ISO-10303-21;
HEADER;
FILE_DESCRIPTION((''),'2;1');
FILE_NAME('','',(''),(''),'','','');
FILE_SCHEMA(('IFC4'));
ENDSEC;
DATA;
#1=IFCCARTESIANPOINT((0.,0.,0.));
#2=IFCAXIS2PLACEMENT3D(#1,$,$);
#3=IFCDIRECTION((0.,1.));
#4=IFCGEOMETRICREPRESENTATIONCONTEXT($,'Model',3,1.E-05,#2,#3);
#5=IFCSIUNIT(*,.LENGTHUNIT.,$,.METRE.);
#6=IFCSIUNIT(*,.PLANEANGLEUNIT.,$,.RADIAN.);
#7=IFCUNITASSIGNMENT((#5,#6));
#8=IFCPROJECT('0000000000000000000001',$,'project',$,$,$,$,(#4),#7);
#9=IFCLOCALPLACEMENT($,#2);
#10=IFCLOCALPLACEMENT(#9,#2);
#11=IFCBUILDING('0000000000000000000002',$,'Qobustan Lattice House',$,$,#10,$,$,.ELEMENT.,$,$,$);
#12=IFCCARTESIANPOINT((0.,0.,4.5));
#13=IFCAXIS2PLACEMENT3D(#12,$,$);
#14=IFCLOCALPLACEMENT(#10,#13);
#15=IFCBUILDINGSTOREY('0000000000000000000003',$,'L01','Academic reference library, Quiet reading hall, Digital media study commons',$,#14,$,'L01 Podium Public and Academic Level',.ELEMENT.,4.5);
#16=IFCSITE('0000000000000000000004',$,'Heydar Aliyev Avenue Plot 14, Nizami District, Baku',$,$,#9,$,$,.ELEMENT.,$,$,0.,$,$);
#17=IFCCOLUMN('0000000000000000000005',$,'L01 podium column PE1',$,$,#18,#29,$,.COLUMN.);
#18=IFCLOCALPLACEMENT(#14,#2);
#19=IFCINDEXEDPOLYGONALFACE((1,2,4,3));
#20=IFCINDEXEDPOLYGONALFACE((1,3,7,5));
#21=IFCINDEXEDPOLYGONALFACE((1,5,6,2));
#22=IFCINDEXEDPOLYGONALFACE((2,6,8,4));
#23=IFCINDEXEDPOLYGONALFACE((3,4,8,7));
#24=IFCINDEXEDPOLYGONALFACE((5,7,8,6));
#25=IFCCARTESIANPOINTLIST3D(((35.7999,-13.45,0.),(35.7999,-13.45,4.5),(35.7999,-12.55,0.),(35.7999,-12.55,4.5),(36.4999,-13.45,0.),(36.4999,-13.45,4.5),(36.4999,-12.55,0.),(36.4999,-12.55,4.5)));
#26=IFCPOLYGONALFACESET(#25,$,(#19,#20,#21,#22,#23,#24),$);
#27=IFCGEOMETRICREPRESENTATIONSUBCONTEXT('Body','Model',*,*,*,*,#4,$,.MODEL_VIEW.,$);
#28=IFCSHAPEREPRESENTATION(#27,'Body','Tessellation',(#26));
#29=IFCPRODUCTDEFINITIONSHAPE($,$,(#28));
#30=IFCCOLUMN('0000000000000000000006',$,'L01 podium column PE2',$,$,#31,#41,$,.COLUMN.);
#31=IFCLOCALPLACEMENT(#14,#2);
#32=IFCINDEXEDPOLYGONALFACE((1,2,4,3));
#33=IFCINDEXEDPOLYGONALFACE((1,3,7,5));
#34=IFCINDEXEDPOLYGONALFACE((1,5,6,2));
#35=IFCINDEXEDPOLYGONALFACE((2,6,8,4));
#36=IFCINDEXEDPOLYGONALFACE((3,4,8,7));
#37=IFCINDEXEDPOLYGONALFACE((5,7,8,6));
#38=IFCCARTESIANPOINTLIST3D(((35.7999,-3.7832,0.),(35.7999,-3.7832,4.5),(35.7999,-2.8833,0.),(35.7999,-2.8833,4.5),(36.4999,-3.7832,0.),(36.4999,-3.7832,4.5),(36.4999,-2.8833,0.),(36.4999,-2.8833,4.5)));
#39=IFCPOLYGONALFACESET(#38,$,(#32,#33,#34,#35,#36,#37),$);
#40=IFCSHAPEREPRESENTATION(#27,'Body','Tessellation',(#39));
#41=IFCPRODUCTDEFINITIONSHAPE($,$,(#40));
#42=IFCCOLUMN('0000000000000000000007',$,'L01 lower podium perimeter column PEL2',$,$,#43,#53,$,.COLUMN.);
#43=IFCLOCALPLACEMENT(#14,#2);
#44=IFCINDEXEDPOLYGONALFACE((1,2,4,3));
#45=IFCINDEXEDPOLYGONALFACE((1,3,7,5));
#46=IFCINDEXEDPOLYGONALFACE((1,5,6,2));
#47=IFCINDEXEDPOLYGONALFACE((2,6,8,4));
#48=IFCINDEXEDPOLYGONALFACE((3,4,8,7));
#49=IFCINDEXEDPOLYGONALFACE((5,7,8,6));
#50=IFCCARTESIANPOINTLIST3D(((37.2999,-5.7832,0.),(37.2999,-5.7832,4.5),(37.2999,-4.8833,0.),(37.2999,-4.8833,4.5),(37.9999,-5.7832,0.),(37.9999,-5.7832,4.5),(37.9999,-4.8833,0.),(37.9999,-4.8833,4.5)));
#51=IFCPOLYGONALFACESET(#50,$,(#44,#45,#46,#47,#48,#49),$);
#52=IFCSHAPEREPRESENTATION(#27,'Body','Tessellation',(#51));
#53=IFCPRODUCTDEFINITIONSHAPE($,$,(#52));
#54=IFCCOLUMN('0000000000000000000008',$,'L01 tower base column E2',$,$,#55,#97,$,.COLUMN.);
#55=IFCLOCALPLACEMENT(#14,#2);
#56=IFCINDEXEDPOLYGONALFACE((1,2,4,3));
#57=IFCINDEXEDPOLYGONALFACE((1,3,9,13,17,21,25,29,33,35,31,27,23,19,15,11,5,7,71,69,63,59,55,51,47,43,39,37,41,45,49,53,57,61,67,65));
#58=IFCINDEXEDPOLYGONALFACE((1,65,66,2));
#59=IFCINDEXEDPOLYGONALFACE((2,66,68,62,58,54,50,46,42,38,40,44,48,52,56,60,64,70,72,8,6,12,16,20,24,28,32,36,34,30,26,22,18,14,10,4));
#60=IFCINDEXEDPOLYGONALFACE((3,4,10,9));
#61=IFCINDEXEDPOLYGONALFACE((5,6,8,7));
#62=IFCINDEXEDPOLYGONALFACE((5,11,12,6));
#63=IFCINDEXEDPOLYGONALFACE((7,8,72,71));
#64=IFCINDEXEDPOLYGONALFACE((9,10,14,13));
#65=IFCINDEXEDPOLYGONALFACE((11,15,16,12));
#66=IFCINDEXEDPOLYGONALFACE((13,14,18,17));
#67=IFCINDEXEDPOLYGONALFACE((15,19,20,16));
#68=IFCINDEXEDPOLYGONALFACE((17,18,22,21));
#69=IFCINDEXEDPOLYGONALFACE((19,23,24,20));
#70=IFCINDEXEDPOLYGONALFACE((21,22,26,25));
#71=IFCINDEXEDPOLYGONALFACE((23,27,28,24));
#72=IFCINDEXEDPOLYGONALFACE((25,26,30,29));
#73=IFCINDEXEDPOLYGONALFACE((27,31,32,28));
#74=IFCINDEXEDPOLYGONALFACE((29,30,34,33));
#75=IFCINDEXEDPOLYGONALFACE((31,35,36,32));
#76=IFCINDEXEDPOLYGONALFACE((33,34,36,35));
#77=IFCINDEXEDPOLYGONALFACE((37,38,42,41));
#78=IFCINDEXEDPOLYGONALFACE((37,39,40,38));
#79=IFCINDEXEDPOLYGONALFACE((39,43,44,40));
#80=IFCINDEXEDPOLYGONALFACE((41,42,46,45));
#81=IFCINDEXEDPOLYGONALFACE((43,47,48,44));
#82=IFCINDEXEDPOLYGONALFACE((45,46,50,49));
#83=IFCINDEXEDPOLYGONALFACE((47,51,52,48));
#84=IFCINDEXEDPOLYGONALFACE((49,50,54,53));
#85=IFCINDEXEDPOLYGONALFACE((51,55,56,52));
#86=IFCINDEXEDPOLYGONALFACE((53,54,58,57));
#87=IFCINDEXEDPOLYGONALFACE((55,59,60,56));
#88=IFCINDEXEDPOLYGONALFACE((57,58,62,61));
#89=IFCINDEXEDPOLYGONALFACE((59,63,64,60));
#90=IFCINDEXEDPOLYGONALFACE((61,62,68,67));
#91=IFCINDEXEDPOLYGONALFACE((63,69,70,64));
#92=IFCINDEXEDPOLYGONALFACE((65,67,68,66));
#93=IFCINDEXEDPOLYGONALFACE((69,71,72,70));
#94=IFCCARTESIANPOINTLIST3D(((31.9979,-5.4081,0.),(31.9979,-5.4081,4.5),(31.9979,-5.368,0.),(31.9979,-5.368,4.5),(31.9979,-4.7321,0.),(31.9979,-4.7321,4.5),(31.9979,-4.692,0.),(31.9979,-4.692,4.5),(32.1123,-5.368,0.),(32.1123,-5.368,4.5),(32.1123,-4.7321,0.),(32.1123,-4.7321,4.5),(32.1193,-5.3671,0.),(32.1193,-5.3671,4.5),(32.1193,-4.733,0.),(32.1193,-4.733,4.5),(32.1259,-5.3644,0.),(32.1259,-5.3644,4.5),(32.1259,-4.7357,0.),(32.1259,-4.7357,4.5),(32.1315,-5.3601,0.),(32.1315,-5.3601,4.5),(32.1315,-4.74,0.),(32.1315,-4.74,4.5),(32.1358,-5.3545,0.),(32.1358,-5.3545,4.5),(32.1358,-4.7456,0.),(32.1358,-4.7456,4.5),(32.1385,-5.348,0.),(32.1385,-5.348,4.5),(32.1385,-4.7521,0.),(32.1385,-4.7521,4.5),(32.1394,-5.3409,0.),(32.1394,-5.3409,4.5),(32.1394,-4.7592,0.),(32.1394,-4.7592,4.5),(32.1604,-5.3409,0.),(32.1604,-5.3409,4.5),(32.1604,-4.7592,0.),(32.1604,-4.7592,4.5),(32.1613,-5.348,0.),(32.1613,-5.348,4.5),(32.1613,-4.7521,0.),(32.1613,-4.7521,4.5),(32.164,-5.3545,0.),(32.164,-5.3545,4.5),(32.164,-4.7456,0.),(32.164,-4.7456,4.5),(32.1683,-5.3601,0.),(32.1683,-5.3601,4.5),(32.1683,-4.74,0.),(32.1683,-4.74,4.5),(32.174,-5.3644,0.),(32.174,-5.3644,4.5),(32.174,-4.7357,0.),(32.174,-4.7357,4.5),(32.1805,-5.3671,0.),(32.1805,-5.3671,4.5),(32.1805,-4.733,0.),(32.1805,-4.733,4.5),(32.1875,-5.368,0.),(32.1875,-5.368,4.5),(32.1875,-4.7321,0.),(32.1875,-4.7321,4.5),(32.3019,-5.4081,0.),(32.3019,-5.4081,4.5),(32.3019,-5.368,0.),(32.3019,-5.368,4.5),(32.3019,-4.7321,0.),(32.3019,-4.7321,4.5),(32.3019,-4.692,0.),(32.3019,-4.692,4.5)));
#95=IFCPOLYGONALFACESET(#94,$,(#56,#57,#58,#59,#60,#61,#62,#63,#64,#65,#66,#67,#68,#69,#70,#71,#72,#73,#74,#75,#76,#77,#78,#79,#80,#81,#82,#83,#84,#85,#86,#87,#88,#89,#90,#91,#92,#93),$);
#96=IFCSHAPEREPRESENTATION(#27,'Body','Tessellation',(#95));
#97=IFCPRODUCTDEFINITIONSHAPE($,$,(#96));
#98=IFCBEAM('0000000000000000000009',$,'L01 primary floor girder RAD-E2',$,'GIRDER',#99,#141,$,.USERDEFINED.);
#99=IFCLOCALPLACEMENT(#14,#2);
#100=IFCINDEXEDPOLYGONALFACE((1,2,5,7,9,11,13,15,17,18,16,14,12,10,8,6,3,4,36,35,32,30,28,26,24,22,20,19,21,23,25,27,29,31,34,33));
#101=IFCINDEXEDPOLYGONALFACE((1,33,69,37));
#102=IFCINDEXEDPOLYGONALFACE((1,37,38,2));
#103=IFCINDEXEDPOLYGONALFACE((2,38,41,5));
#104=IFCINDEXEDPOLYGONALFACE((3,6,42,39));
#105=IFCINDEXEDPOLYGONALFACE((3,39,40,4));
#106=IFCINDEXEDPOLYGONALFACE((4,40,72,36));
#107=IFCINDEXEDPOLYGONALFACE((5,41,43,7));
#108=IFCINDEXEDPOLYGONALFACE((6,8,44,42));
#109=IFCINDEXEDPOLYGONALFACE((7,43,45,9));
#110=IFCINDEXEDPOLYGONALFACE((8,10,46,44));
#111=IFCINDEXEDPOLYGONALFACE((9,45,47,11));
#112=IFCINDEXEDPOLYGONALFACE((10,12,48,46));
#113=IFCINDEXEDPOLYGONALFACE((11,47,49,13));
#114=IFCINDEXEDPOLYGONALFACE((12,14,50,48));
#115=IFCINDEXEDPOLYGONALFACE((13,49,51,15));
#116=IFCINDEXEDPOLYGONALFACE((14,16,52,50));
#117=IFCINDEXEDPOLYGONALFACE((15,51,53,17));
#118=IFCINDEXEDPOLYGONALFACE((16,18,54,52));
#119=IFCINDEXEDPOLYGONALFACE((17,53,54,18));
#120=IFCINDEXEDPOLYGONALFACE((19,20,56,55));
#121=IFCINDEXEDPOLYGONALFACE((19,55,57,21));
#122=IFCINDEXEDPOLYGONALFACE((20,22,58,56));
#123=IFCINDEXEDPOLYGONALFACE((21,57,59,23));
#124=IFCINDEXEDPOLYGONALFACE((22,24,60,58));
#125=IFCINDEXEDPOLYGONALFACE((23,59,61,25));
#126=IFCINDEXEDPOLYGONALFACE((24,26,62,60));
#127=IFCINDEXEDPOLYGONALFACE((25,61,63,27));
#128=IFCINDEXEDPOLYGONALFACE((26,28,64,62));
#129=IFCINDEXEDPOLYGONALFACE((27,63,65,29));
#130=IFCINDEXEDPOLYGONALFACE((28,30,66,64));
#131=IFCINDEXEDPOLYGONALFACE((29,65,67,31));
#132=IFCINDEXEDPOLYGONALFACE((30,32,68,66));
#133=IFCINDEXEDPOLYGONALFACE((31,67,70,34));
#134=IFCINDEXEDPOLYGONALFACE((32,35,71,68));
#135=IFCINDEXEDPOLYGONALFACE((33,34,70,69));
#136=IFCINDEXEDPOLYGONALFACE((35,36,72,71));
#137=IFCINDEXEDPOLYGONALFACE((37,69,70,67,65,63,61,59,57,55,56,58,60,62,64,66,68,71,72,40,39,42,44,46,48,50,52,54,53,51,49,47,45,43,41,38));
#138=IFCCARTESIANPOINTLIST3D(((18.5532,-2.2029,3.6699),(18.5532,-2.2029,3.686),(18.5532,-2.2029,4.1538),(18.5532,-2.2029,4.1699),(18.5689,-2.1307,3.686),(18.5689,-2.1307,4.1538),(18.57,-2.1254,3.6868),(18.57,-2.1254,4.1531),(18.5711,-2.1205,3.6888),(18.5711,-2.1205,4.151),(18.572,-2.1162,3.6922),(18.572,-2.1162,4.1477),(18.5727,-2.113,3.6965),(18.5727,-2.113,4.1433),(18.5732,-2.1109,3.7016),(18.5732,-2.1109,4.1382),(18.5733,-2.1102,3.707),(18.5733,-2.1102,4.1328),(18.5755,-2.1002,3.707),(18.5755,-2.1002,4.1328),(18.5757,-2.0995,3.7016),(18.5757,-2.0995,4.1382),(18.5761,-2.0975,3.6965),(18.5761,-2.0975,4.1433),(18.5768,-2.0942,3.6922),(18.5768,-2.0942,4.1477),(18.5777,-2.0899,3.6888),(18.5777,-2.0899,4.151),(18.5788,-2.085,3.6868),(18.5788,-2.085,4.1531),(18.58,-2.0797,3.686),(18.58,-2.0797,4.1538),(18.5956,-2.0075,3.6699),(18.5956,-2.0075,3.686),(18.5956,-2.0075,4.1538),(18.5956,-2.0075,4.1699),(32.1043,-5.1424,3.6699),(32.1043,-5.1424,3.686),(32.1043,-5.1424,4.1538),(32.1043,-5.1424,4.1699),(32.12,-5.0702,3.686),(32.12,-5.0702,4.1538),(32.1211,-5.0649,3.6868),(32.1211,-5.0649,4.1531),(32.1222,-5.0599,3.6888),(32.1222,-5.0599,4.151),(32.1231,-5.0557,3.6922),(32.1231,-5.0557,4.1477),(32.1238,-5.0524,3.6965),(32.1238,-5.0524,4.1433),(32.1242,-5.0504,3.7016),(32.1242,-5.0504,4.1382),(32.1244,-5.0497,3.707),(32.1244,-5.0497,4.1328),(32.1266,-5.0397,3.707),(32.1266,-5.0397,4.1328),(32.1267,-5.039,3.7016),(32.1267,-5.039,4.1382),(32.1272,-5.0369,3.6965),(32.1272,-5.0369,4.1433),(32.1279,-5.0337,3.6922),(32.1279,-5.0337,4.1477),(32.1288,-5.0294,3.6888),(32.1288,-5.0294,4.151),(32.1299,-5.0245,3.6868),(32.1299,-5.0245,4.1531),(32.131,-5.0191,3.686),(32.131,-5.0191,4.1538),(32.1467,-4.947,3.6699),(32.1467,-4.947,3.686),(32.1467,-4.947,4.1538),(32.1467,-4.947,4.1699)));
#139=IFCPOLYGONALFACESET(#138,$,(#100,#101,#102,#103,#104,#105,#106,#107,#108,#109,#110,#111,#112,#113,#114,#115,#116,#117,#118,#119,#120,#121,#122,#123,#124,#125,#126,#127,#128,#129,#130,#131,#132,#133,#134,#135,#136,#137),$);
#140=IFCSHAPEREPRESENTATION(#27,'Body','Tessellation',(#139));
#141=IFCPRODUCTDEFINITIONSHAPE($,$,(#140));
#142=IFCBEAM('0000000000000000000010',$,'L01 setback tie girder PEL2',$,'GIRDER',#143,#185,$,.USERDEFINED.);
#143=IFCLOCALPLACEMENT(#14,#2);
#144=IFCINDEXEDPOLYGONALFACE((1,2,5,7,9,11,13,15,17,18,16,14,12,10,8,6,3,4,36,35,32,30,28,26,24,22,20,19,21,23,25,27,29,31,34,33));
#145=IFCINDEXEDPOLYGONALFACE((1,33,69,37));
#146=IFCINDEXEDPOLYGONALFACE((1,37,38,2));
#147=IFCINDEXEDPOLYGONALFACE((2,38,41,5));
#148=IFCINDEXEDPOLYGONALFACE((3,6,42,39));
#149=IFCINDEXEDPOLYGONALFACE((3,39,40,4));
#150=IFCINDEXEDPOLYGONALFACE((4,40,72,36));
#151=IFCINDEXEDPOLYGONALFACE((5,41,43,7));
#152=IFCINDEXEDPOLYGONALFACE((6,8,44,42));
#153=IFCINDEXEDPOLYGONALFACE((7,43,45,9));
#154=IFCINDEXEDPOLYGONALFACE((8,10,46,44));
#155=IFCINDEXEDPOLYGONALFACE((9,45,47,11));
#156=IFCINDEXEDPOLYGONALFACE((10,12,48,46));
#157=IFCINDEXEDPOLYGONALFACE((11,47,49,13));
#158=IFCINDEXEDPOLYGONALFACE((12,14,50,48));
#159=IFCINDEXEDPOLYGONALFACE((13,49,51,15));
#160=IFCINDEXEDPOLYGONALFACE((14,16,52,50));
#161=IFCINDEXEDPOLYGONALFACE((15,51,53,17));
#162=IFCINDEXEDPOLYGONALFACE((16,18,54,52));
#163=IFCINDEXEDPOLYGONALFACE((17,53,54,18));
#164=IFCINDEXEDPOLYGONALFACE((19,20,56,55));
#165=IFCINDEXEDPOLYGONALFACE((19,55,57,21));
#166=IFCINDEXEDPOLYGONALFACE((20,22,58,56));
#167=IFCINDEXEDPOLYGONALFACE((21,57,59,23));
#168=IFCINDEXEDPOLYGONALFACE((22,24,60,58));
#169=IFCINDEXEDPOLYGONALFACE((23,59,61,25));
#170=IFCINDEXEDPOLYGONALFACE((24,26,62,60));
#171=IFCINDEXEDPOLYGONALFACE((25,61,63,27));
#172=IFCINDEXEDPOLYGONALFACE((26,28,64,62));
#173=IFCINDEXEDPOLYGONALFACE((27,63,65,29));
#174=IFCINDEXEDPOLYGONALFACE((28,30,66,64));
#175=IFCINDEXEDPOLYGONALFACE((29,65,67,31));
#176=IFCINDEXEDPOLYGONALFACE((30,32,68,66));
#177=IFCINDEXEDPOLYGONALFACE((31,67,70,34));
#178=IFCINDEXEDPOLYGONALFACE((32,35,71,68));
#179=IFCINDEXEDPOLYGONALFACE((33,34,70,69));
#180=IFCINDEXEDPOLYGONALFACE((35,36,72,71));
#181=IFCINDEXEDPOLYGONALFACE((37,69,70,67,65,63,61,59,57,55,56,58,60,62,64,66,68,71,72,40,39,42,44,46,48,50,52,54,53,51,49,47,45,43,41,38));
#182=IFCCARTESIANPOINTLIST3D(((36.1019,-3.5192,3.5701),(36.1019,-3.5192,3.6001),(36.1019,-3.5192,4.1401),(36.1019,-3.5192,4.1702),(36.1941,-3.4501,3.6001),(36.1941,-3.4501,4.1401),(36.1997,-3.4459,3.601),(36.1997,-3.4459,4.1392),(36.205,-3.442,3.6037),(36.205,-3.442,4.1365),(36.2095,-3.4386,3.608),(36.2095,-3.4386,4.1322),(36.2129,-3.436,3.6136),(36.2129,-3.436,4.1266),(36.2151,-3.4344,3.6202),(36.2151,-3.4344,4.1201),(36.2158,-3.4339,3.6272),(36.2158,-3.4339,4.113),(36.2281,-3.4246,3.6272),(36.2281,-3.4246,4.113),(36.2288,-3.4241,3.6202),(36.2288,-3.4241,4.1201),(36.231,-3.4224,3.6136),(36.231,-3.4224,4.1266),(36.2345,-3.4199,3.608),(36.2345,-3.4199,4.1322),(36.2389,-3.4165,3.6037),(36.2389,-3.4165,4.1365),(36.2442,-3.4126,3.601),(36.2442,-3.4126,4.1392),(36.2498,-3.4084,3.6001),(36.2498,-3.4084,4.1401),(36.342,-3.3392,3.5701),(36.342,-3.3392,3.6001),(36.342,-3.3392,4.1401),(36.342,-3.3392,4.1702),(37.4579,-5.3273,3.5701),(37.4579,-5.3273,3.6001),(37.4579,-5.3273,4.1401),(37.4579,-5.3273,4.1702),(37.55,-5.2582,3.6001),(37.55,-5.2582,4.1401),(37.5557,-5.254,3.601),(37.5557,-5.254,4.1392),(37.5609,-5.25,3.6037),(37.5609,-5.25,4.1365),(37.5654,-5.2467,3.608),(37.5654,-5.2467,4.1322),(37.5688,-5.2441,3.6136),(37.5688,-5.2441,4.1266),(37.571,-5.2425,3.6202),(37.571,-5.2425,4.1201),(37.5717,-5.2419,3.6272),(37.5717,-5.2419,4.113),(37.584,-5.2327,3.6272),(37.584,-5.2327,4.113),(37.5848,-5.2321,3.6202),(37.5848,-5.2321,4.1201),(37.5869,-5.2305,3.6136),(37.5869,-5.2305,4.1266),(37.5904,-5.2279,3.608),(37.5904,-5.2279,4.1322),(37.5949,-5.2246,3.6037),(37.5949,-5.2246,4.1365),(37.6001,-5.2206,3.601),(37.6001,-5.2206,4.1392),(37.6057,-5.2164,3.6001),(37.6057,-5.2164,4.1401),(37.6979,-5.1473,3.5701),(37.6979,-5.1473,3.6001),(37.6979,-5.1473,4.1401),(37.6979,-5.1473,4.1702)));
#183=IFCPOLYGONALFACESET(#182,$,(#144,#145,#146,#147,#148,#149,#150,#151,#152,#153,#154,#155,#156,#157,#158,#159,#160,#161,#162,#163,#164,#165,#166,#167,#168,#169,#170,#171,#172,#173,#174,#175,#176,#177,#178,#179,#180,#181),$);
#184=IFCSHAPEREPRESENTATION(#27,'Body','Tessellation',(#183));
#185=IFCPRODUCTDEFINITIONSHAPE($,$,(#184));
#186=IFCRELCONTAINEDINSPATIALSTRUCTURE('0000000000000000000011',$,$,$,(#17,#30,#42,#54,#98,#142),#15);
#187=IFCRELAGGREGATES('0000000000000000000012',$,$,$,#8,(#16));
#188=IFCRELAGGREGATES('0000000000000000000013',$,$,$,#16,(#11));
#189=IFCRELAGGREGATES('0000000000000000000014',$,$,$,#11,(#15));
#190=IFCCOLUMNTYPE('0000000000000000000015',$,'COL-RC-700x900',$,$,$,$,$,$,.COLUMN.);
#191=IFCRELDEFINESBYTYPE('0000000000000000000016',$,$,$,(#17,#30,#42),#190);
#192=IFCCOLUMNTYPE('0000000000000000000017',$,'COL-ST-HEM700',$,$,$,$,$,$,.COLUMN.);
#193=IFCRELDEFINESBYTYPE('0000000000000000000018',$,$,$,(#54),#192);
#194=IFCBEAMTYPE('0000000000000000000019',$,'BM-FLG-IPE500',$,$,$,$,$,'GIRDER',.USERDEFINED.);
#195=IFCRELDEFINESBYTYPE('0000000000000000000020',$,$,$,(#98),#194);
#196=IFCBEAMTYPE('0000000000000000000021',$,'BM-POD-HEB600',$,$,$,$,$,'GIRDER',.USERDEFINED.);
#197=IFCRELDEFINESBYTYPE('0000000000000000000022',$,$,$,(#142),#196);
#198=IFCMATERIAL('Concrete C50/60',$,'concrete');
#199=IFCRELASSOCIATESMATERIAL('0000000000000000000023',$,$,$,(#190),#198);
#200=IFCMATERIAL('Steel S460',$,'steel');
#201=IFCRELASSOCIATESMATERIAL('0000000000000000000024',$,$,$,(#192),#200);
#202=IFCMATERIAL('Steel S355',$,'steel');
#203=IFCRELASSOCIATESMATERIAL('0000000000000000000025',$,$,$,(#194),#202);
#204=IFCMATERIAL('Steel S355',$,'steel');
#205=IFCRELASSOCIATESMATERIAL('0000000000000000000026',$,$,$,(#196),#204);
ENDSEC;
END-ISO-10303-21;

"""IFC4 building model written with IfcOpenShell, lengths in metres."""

from ifc_helpers import new_model, si_unit, direction, frame, origin, origin_2d, place, context, subcontext, project, spatial, rectangle, i_section, extrude, material, material_profile, profile_set, type_object, element, save


model = new_model("IFC4")

# Units and contexts
model_context = context("Model", 3, precision=1e-05, world=origin(), true_north=direction((0.0, 1.0)))
body_context = subcontext(model_context, "Body", "Model", "MODEL_VIEW")
ifc_project = project(units=[si_unit("LENGTHUNIT", "METRE"), si_unit("PLANEANGLEUNIT", "RADIAN")], contexts=[model_context])

# Site, building, storey
site_placement = place(None, origin())
site = spatial("IfcSite", under=ifc_project, at=site_placement, Name="Heydar Aliyev Avenue Plot 14, Nizami District, Baku", CompositionType="ELEMENT", RefElevation=0.0)
building_placement = place(site_placement, origin())
building = spatial("IfcBuilding", under=site, at=building_placement, Name="Qobustan Lattice House", CompositionType="ELEMENT")
storey_placement = place(building_placement, frame((0.0, 0.0, 4.5)))
storey = spatial("IfcBuildingStorey", under=building, at=storey_placement, Name="L01", Description="Academic reference library, Quiet reading hall, Digital media study commons", LongName="L01 Podium Public and Academic Level", CompositionType="ELEMENT", Elevation=4.5)

# Columns
ifc_material_1 = material(Name="Concrete C50/60", Category="concrete")
ifc_material_profile_1 = material_profile(ifc_material_1, rectangle(XDim=0.7, YDim=0.8999, at=origin_2d()), Name="RC700x900")
ifc_profile_set_1 = profile_set([ifc_material_profile_1], Name="Concrete C50/60")
column_type_1 = type_object("IfcColumnType", Name="COL-RC-700x900", PredefinedType="COLUMN", material=ifc_profile_set_1)
for number, where, z_axis, x_axis, name in (
    (1, (36.1499, -13.0, 0.0), (0.0, 0.0, 1.0), (1.0, 0.0, 0.0), "L01 podium column PE1"),
    (2, (36.1499, -3.3333, 0.0), (0.0, 0.0, 1.0), (1.0, 0.0, 0.0), "L01 podium column PE2"),
    (3, (37.6499, -5.3333, 0.0), (0.0, 0.0, 1.0), (1.0, 0.0, 0.0), "L01 lower podium perimeter column PEL2"),
):
    element("IfcColumn", number, at=place(storey_placement, frame(where, z_axis=z_axis, x_axis=x_axis)), inside=storey, type_object=column_type_1, Name=name, PredefinedType="COLUMN", context=body_context, shape_type="SweptSolid", body=[
        extrude(rectangle(XDim=0.7, YDim=0.8999, at=origin_2d()), origin(), (0.0, 0.0, 1.0), 4.5),
    ])
ifc_material_2 = material(Name="Steel S460", Category="steel")
ifc_material_profile_2 = material_profile(ifc_material_2, i_section(OverallWidth=0.304, OverallDepth=0.7161, WebThickness=0.021, FlangeThickness=0.04, FilletRadius=0.0271, at=origin_2d()), Name="HEM700")
ifc_profile_set_2 = profile_set([ifc_material_profile_2], Name="Steel S460")
column_type_2 = type_object("IfcColumnType", Name="COL-ST-HEM700", PredefinedType="COLUMN", material=ifc_profile_set_2)
column_placement = place(storey_placement, frame((32.1499, -5.05, 0.0), z_axis=(0.0, 0.0, 1.0), x_axis=(1.0, 0.0, 0.0)))
element("IfcColumn", 4, at=column_placement, inside=storey, type_object=column_type_2, Name="L01 tower base column E2", PredefinedType="COLUMN", context=body_context, shape_type="SweptSolid", body=[
    extrude(i_section(OverallWidth=0.304, OverallDepth=0.7161, WebThickness=0.021, FlangeThickness=0.04, FilletRadius=0.0271, at=origin_2d()), origin(), (0.0, 0.0, 1.0), 4.5),
])

# Beams
ifc_material_3 = material(Name="Steel S355", Category="steel")
ifc_material_profile_3 = material_profile(ifc_material_3, i_section(OverallWidth=0.2, OverallDepth=0.5, WebThickness=0.0103, FlangeThickness=0.0161, FilletRadius=0.021, at=origin_2d()), Name="IPE500")
ifc_profile_set_3 = profile_set([ifc_material_profile_3], Name="Steel S355")
beam_type_1 = type_object("IfcBeamType", Name="BM-FLG-IPE500", ElementType="GIRDER", PredefinedType="USERDEFINED", material=ifc_profile_set_3)
beam_1_placement = place(storey_placement, frame((32.1255, -5.0447, 3.9199), z_axis=(-0.977272, 0.211987, 0.0), x_axis=(-0.211987, -0.977272, 0.0)))
element("IfcBeam", 5, at=beam_1_placement, inside=storey, type_object=beam_type_1, Name="L01 primary floor girder RAD-E2", ObjectType="GIRDER", PredefinedType="USERDEFINED", context=body_context, shape_type="SweptSolid", body=[
    extrude(i_section(OverallWidth=0.2, OverallDepth=0.5, WebThickness=0.0103, FlangeThickness=0.0161, FilletRadius=0.021, at=origin_2d()), origin(), (0.0, 0.0, 1.0), 13.8662),
])
ifc_material_4 = material(Name="Steel S355", Category="steel")
ifc_material_profile_4 = material_profile(ifc_material_4, i_section(OverallWidth=0.3, OverallDepth=0.6001, WebThickness=0.0154, FlangeThickness=0.03, FilletRadius=0.0271, at=origin_2d()), Name="HEB600")
ifc_profile_set_4 = profile_set([ifc_material_profile_4], Name="Steel S355")
beam_type_2 = type_object("IfcBeamType", Name="BM-POD-HEB600", ElementType="GIRDER", PredefinedType="USERDEFINED", material=ifc_profile_set_4)
beam_2_placement = place(storey_placement, frame((37.5779, -5.2373, 3.8701), z_axis=(-0.599965, 0.800026, 0.0), x_axis=(-0.800026, -0.599965, 0.0)))
element("IfcBeam", 6, at=beam_2_placement, inside=storey, type_object=beam_type_2, Name="L01 setback tie girder PEL2", ObjectType="GIRDER", PredefinedType="USERDEFINED", context=body_context, shape_type="SweptSolid", body=[
    extrude(i_section(OverallWidth=0.3, OverallDepth=0.6001, WebThickness=0.0154, FlangeThickness=0.03, FilletRadius=0.0271, at=origin_2d()), origin(), (0.0, 0.0, 1.0), 2.26),
])

save(model, "model.ifc")
